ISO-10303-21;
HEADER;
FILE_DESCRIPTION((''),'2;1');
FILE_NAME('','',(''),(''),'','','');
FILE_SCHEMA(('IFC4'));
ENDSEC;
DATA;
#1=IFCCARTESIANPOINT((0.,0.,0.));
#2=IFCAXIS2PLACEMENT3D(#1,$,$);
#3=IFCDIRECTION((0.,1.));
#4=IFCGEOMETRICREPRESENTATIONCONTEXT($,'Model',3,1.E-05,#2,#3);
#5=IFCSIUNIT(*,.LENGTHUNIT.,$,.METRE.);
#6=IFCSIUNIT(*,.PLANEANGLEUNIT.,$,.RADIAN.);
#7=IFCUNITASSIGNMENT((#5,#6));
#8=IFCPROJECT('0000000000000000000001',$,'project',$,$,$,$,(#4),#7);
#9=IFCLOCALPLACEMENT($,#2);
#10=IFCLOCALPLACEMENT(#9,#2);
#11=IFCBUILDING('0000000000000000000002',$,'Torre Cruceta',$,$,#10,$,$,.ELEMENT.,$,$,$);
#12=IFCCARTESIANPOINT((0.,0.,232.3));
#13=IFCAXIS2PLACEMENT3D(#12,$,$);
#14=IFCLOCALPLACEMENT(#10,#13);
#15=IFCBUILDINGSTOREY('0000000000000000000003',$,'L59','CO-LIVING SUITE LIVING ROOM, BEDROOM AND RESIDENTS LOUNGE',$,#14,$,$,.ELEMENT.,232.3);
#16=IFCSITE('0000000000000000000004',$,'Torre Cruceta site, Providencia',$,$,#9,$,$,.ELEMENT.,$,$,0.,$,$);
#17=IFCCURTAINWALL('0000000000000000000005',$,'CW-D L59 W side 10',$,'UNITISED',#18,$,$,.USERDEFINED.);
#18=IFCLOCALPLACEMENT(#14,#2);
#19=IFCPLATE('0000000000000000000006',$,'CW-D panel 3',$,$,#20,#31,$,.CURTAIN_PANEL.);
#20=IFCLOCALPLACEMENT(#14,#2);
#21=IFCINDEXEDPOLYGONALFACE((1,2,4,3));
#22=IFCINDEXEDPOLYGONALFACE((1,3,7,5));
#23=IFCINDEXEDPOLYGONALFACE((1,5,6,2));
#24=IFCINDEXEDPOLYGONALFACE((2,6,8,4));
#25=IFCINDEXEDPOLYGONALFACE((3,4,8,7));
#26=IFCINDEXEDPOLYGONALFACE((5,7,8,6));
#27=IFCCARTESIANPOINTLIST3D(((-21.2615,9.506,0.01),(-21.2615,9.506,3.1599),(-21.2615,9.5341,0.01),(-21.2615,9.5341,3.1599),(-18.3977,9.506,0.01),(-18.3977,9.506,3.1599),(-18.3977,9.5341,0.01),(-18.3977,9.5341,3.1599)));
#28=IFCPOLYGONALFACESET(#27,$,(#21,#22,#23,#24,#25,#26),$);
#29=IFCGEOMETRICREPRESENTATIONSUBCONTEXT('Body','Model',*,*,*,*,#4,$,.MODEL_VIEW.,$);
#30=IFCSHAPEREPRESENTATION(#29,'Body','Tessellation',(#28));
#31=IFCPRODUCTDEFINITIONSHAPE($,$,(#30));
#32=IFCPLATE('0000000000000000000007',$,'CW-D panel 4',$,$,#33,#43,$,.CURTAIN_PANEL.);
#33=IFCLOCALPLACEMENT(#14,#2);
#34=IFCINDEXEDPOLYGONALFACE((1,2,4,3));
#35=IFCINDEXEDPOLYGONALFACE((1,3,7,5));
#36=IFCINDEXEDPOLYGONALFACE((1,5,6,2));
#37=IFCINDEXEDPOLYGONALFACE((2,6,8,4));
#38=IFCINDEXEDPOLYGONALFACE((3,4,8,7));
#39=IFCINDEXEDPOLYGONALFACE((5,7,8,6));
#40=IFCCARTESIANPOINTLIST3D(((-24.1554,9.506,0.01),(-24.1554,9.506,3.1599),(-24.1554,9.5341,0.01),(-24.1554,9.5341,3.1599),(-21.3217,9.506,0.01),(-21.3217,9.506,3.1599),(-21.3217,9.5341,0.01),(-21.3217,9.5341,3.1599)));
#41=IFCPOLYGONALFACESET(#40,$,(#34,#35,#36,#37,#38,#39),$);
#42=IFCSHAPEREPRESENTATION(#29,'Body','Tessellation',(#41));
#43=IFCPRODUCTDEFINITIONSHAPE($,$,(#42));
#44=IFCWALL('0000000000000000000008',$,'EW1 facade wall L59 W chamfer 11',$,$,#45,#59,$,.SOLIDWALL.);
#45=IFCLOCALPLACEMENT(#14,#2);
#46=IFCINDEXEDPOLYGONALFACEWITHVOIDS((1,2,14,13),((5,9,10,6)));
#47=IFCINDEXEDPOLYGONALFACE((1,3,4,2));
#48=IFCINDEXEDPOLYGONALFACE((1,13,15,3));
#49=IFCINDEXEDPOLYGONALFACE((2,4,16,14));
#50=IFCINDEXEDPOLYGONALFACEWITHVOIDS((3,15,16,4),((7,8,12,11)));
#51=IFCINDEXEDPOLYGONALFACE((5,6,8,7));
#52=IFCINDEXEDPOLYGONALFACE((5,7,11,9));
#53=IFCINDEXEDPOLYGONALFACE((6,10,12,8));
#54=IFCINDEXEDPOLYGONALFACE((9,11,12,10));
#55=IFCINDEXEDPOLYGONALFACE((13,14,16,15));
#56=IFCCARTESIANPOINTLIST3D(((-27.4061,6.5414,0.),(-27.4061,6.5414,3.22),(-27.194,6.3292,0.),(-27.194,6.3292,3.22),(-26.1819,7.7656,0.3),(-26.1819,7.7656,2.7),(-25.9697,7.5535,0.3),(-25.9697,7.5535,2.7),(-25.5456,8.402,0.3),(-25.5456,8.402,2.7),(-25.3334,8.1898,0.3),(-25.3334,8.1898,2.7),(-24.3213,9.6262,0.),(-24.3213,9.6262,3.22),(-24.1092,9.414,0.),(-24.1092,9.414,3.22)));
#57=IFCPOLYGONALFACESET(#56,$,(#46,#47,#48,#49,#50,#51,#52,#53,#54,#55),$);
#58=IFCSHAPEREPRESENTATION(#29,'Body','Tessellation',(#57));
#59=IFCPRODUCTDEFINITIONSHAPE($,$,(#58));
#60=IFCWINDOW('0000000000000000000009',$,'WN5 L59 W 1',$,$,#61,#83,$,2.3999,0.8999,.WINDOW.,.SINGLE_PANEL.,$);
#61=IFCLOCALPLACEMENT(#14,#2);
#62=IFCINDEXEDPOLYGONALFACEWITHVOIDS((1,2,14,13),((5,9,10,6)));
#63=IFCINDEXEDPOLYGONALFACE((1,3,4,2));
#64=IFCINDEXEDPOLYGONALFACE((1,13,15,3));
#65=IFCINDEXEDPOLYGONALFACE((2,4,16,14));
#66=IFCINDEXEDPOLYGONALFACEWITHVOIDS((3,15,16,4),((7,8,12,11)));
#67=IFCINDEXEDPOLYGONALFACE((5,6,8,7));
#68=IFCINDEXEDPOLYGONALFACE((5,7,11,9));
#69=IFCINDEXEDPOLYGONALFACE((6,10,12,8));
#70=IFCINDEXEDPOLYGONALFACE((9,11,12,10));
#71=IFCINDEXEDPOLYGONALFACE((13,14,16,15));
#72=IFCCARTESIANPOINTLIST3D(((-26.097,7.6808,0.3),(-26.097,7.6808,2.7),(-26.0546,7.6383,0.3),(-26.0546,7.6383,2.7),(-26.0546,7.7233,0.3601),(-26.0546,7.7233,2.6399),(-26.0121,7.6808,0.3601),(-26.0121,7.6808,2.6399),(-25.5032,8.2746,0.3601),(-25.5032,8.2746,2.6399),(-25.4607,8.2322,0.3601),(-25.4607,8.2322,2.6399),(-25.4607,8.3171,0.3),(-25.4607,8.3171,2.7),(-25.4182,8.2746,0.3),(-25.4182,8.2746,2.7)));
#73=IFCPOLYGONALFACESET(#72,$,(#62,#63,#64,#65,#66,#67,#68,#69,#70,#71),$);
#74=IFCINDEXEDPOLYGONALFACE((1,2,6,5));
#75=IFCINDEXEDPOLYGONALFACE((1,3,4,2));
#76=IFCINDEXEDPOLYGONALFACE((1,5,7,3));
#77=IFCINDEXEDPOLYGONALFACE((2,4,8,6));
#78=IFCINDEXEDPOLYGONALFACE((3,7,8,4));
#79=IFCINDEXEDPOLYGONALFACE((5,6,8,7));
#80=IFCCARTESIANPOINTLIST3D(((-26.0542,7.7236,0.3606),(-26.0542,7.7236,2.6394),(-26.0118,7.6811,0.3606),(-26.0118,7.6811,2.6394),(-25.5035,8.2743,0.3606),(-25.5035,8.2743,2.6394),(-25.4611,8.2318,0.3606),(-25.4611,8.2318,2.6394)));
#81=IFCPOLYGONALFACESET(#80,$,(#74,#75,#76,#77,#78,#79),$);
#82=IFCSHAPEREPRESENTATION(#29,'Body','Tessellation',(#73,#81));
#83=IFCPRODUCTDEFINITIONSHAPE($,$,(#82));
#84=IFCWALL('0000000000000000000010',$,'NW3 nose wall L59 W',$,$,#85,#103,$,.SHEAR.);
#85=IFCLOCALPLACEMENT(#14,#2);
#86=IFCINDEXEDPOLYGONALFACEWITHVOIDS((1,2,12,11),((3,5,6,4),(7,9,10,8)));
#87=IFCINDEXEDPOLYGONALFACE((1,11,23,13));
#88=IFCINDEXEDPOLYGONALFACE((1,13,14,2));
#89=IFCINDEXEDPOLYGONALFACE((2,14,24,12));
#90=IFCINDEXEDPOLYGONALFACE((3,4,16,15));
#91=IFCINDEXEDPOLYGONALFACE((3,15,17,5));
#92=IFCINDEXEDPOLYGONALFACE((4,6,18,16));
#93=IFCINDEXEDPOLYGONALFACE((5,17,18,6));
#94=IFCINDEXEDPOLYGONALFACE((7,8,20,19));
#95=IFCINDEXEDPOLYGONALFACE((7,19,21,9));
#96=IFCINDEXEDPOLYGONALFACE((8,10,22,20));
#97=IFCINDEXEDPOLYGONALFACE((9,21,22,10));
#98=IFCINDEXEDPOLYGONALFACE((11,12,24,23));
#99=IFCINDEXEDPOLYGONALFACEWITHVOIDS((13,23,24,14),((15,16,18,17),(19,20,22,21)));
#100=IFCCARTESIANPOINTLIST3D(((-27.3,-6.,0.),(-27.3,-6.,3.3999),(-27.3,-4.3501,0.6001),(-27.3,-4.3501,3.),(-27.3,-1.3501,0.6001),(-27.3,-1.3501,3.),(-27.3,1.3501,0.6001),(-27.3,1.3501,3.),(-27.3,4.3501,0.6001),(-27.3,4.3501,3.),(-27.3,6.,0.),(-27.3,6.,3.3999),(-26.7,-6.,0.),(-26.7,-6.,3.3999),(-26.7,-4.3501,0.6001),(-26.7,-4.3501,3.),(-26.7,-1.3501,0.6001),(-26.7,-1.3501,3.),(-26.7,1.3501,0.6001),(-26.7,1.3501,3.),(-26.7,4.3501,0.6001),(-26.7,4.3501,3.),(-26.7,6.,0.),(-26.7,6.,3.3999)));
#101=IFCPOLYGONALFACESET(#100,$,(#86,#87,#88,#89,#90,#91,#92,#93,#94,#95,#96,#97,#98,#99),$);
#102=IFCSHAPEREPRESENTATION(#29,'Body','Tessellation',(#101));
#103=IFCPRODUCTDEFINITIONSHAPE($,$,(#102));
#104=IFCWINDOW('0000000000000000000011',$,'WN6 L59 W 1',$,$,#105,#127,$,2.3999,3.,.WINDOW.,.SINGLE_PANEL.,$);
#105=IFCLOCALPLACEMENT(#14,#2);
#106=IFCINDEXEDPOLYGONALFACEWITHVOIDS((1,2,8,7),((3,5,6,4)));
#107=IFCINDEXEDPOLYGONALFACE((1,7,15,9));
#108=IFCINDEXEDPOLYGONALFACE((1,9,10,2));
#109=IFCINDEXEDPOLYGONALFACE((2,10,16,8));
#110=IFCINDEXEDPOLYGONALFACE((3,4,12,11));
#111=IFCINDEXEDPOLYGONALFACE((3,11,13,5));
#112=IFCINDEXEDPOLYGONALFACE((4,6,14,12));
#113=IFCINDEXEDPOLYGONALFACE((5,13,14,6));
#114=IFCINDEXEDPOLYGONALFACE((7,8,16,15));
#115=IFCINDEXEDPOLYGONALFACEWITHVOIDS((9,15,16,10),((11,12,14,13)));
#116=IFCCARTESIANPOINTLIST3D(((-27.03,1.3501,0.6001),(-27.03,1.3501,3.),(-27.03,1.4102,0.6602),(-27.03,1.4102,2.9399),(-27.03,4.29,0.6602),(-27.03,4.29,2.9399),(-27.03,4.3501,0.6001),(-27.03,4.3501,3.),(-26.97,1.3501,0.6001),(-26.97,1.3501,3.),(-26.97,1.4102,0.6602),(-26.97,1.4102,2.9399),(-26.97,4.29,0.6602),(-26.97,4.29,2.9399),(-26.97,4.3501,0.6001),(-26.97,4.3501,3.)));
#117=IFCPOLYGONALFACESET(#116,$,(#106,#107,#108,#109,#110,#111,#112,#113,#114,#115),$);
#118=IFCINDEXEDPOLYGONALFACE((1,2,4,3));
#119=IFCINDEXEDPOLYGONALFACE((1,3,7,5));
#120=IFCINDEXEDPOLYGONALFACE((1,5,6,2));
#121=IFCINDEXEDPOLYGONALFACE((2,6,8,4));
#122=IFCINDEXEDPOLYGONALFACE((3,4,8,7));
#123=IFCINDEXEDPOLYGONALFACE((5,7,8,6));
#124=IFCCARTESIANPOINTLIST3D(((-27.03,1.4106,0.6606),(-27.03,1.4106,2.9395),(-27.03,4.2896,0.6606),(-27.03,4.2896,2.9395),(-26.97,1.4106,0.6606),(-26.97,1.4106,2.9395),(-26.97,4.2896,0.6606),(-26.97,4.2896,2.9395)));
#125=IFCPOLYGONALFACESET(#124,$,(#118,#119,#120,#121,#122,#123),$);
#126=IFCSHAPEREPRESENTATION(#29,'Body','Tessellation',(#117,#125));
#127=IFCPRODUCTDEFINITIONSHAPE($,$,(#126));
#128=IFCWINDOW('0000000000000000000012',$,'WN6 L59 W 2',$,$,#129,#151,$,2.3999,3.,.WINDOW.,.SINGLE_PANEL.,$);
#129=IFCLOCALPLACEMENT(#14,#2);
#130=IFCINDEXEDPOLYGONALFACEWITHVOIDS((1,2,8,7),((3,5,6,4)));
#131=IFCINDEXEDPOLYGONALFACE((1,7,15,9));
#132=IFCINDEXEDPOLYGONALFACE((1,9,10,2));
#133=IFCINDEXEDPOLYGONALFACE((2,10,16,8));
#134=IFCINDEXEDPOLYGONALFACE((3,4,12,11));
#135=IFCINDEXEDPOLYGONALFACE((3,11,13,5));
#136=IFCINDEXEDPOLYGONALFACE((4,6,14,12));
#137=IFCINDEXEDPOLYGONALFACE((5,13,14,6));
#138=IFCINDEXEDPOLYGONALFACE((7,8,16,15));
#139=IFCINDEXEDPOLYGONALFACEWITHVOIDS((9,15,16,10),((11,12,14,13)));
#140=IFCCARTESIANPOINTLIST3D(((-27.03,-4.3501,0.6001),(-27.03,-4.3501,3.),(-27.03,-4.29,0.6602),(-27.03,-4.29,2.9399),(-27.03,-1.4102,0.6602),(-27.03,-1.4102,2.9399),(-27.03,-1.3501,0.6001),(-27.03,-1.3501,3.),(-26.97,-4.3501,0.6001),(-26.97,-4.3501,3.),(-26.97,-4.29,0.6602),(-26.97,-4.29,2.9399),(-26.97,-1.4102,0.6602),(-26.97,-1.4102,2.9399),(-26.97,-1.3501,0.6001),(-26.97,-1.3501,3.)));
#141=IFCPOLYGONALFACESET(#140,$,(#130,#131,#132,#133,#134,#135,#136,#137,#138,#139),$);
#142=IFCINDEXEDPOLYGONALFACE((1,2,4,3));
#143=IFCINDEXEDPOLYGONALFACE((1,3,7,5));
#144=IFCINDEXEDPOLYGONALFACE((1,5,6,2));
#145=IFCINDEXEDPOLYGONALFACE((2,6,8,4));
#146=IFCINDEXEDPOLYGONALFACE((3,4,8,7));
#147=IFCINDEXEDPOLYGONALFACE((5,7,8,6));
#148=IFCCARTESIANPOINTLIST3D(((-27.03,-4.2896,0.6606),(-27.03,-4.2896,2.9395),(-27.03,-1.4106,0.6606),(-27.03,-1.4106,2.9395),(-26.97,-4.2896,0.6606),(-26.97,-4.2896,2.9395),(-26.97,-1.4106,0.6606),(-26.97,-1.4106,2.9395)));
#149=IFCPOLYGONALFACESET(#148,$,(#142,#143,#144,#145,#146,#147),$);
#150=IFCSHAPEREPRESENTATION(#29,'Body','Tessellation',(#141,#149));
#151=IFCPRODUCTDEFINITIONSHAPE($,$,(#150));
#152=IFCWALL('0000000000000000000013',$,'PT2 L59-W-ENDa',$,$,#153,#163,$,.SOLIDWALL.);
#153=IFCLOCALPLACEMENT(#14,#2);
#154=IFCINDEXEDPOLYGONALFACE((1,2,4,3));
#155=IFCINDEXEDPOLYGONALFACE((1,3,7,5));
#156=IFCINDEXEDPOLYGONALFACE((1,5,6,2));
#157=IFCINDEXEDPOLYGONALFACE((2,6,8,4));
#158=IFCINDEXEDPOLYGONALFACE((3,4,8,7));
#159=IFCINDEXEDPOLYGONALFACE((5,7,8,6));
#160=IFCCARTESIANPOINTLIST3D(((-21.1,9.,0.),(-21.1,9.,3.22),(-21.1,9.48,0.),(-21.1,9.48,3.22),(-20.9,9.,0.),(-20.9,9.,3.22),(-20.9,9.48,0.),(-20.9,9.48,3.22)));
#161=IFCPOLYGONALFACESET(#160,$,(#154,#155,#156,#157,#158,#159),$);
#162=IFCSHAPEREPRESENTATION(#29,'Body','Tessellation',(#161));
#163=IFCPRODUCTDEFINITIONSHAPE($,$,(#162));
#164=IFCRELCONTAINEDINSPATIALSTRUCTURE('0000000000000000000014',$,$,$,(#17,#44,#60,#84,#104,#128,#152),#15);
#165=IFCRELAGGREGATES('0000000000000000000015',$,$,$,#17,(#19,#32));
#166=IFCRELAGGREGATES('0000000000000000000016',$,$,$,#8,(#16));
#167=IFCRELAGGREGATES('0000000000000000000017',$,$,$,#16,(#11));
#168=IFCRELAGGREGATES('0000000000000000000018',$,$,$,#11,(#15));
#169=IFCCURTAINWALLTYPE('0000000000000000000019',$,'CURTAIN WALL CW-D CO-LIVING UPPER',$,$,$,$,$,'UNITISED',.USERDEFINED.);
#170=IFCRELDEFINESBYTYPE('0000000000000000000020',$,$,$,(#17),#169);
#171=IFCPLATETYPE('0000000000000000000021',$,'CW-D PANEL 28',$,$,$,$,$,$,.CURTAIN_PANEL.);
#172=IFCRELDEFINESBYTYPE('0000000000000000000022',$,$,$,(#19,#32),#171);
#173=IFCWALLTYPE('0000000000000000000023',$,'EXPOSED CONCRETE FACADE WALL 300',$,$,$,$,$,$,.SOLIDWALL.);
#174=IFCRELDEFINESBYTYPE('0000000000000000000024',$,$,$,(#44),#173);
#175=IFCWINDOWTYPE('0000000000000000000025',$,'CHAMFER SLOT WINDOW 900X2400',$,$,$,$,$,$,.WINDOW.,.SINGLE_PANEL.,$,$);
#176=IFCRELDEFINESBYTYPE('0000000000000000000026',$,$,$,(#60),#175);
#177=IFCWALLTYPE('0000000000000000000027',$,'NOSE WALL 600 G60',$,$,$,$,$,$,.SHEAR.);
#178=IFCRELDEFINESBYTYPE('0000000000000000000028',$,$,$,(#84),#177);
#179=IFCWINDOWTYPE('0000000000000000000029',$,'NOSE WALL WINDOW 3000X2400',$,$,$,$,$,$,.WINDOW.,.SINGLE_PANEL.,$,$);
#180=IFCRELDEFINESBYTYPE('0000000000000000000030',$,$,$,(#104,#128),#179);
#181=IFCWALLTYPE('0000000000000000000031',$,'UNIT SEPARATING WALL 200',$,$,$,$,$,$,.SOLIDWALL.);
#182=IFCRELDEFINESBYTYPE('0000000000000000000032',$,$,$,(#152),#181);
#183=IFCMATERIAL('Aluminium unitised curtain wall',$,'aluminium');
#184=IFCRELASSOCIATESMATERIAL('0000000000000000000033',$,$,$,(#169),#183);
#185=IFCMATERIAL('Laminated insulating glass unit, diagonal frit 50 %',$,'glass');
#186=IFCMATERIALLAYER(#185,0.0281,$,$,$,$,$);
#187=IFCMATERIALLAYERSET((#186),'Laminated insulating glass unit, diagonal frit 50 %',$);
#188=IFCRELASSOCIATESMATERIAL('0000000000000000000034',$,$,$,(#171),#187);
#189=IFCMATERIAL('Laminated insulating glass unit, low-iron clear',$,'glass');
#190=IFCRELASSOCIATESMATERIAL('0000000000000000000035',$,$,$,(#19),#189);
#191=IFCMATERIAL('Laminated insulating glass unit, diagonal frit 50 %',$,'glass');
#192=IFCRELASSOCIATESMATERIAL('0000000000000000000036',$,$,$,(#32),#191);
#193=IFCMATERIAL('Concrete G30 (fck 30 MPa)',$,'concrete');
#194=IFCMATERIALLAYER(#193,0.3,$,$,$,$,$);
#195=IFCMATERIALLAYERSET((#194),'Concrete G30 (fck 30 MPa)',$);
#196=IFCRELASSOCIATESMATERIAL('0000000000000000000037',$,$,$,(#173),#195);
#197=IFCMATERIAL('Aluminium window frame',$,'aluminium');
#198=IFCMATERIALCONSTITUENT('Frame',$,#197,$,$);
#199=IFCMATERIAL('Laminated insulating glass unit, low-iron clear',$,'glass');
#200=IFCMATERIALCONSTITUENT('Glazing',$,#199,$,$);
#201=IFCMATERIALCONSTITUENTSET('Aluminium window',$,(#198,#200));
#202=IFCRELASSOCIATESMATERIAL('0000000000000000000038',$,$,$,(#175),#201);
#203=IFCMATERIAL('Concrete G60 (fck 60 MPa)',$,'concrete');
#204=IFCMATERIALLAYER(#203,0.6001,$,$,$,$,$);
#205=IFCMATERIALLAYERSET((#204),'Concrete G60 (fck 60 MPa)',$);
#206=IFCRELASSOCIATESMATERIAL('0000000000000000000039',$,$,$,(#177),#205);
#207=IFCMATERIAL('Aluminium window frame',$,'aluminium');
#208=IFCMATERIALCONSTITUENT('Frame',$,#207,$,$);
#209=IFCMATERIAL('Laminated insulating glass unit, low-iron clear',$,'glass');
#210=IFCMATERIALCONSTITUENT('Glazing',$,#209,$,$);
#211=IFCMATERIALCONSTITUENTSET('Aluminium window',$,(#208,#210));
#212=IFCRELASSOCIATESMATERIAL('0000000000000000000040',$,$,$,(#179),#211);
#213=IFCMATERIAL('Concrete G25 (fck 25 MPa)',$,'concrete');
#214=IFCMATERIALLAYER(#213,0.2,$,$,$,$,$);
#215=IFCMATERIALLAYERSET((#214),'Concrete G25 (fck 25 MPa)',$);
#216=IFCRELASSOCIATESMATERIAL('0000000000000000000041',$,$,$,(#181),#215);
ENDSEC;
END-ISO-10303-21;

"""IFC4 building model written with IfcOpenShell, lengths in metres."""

from ifc_helpers import new_model, si_unit, direction, frame, frame_2d, origin, origin_2d, place, context, subcontext, project, spatial, rectangle, hollow_rectangle, extrude, material, layer, layer_set, constituent, constituent_set, type_object, element, fill, aggregate, save


model = new_model("IFC4")

# Units and contexts
model_context = context("Model", 3, precision=1e-05, world=origin(), true_north=direction((0.0, 1.0)))
body_context = subcontext(model_context, "Body", "Model", "MODEL_VIEW")
ifc_project = project(units=[si_unit("LENGTHUNIT", "METRE"), si_unit("PLANEANGLEUNIT", "RADIAN")], contexts=[model_context])

# Site, building, storey
site_placement = place(None, origin())
site = spatial("IfcSite", under=ifc_project, at=site_placement, Name="Torre Cruceta site, Providencia", CompositionType="ELEMENT", RefElevation=0.0)
building_placement = place(site_placement, origin())
building = spatial("IfcBuilding", under=site, at=building_placement, Name="Torre Cruceta", CompositionType="ELEMENT")
storey_placement = place(building_placement, frame((0.0, 0.0, 232.3)))
storey = spatial("IfcBuildingStorey", under=building, at=storey_placement, Name="L59", Description="CO-LIVING SUITE LIVING ROOM, BEDROOM AND RESIDENTS LOUNGE", CompositionType="ELEMENT", Elevation=232.3)

# Curtain wall
ifc_material_1 = material(Name="Aluminium unitised curtain wall", Category="aluminium")
curtain_wall_type = type_object("IfcCurtainWallType", Name="CURTAIN WALL CW-D CO-LIVING UPPER", ElementType="UNITISED", PredefinedType="USERDEFINED", material=ifc_material_1)
curtain_wall_placement = place(storey_placement, origin())
curtain_wall = element("IfcCurtainWall", 1, at=curtain_wall_placement, inside=storey, type_object=curtain_wall_type, Name="CW-D L59 W side 10", ObjectType="UNITISED", PredefinedType="USERDEFINED")

# Plates
ifc_material_2 = material(Name="Laminated insulating glass unit, low-iron clear", Category="glass")
ifc_material_3 = material(Name="Laminated insulating glass unit, diagonal frit 50 %", Category="glass")
ifc_layer_1 = layer(ifc_material_3, 0.0281)
ifc_layer_set_1 = layer_set([ifc_layer_1], Name="Laminated insulating glass unit, diagonal frit 50 %")
plate_type = type_object("IfcPlateType", Name="CW-D PANEL 28", PredefinedType="CURTAIN_PANEL", material=ifc_layer_set_1)
plate_1_placement = place(storey_placement, frame((-19.8296, 9.52, 0.01), z_axis=(0.0, 0.0, 1.0), x_axis=(-1.0, 0.0, 0.0)))
plate_1 = element("IfcPlate", 2, at=plate_1_placement, type_object=plate_type, material=ifc_material_2, Name="CW-D panel 3", PredefinedType="CURTAIN_PANEL", context=body_context, shape_type="SweptSolid", body=[
    extrude(rectangle(XDim=2.8638, YDim=0.0281, at=origin_2d()), origin(), (0.0, 0.0, 1.0), 3.1499),
])
ifc_material_4 = material(Name="Laminated insulating glass unit, diagonal frit 50 %", Category="glass")
plate_2_placement = place(storey_placement, frame((-22.7385, 9.52, 0.01), z_axis=(0.0, 0.0, 1.0), x_axis=(-1.0, 0.0, 0.0)))
plate_2 = element("IfcPlate", 3, at=plate_2_placement, type_object=plate_type, material=ifc_material_4, Name="CW-D panel 4", PredefinedType="CURTAIN_PANEL", context=body_context, shape_type="SweptSolid", body=[
    extrude(rectangle(XDim=2.8337, YDim=0.0281, at=origin_2d()), origin(), (0.0, 0.0, 1.0), 3.1499),
])
aggregate(curtain_wall, [plate_1, plate_2])

# Wall, opening, window
ifc_material_5 = material(Name="Concrete G30 (fck 30 MPa)", Category="concrete")
ifc_layer_2 = layer(ifc_material_5, 0.3)
ifc_layer_set_2 = layer_set([ifc_layer_2], Name="Concrete G30 (fck 30 MPa)")
wall_type_1 = type_object("IfcWallType", Name="EXPOSED CONCRETE FACADE WALL 300", PredefinedType="SOLIDWALL", material=ifc_layer_set_2)
wall_1_placement = place(storey_placement, frame((-24.2153, 9.52, 0.0), z_axis=(0.0, 0.0, 1.0), x_axis=(-0.707107, -0.707107, 0.0)))
wall_1 = element("IfcWall", 4, at=wall_1_placement, inside=storey, type_object=wall_type_1, Name="EW1 facade wall L59 W chamfer 11", PredefinedType="SOLIDWALL", context=body_context, shape_type="SweptSolid", body=[
    extrude(rectangle(XDim=4.3625, YDim=0.3, at=frame_2d((2.1812, 0.0))), origin(), (0.0, 0.0, 1.0), 3.22),
])
opening_1_placement = place(wall_1_placement, frame((1.7312, 0.0, 0.3)))
opening_1 = element("IfcOpeningElement", 5, at=opening_1_placement, cuts=wall_1, PredefinedType="OPENING", context=body_context, shape_type="SweptSolid", body=[
    extrude(rectangle(XDim=0.8999, YDim=2.3999, at=frame_2d((0.45, 1.2))), frame((0.0, 0.1599, 0.0), z_axis=(0.0, -1.0, 0.0), x_axis=(1.0, 0.0, 0.0)), (0.0, 0.0, 1.0), 0.3201),
])
ifc_material_6 = material(Name="Aluminium window frame", Category="aluminium")
ifc_constituent_1 = constituent(ifc_material_6, Name="Frame")
ifc_material_7 = material(Name="Laminated insulating glass unit, low-iron clear", Category="glass")
ifc_constituent_2 = constituent(ifc_material_7, Name="Glazing")
ifc_constituent_set_1 = constituent_set(constituents=[ifc_constituent_1, ifc_constituent_2], Name="Aluminium window")
window_type_1 = type_object("IfcWindowType", Name="CHAMFER SLOT WINDOW 900X2400", PartitioningType="SINGLE_PANEL", PredefinedType="WINDOW", material=ifc_constituent_set_1)
window_1_placement = place(opening_1_placement, origin())
window_1 = element("IfcWindow", 6, at=window_1_placement, inside=storey, type_object=window_type_1, Name="WN5 L59 W 1", OverallHeight=2.3999, OverallWidth=0.8999, PartitioningType="SINGLE_PANEL", PredefinedType="WINDOW", context=body_context, shape_type="SweptSolid", body=[
    extrude(hollow_rectangle(XDim=0.8999, YDim=2.3999, WallThickness=0.0601, at=frame_2d((0.45, 1.2))), frame((0.0, 0.03, 0.0), z_axis=(0.0, -1.0, 0.0), x_axis=(1.0, 0.0, 0.0)), (0.0, 0.0, 1.0), 0.0601),
    extrude(rectangle(XDim=0.7788, YDim=2.2788, at=frame_2d((0.45, 1.2))), frame((0.0, 0.03, 0.0), z_axis=(0.0, -1.0, 0.0), x_axis=(1.0, 0.0, 0.0)), (0.0, 0.0, 1.0), 0.0601),
])
fill(opening_1, window_1)

# Wall, openings, windows
ifc_material_8 = material(Name="Concrete G60 (fck 60 MPa)", Category="concrete")
ifc_layer_3 = layer(ifc_material_8, 0.6001)
ifc_layer_set_3 = layer_set([ifc_layer_3], Name="Concrete G60 (fck 60 MPa)")
wall_type_2 = type_object("IfcWallType", Name="NOSE WALL 600 G60", PredefinedType="SHEAR", material=ifc_layer_set_3)
wall_2_placement = place(storey_placement, frame((-27.0, 6.0, 0.0), z_axis=(0.0, 0.0, 1.0), x_axis=(0.0, -1.0, 0.0)))
wall_2 = element("IfcWall", 7, at=wall_2_placement, inside=storey, type_object=wall_type_2, Name="NW3 nose wall L59 W", PredefinedType="SHEAR", context=body_context, shape_type="SweptSolid", body=[
    extrude(rectangle(XDim=12.0, YDim=0.6001, at=frame_2d((6.0, 0.0))), origin(), (0.0, 0.0, 1.0), 3.3999),
])
opening_2_placement = place(wall_2_placement, frame((1.6499, 0.0, 0.6001)))
opening_2 = element("IfcOpeningElement", 8, at=opening_2_placement, cuts=wall_2, PredefinedType="OPENING", context=body_context, shape_type="SweptSolid", body=[
    extrude(rectangle(XDim=3.0, YDim=2.3999, at=frame_2d((1.5, 1.2))), frame((0.0, 0.3101, 0.0), z_axis=(0.0, -1.0, 0.0), x_axis=(1.0, 0.0, 0.0)), (0.0, 0.0, 1.0), 0.6201),
])
opening_3_placement = place(wall_2_placement, frame((7.3501, 0.0, 0.6001)))
opening_3 = element("IfcOpeningElement", 9, at=opening_3_placement, cuts=wall_2, PredefinedType="OPENING", context=body_context, shape_type="SweptSolid", body=[
    extrude(rectangle(XDim=3.0, YDim=2.3999, at=frame_2d((1.5, 1.2))), frame((0.0, 0.3101, 0.0), z_axis=(0.0, -1.0, 0.0), x_axis=(1.0, 0.0, 0.0)), (0.0, 0.0, 1.0), 0.6201),
])
ifc_material_9 = material(Name="Aluminium window frame", Category="aluminium")
ifc_constituent_3 = constituent(ifc_material_9, Name="Frame")
ifc_material_10 = material(Name="Laminated insulating glass unit, low-iron clear", Category="glass")
ifc_constituent_4 = constituent(ifc_material_10, Name="Glazing")
ifc_constituent_set_2 = constituent_set(constituents=[ifc_constituent_3, ifc_constituent_4], Name="Aluminium window")
window_type_2 = type_object("IfcWindowType", Name="NOSE WALL WINDOW 3000X2400", PartitioningType="SINGLE_PANEL", PredefinedType="WINDOW", material=ifc_constituent_set_2)
window_2_placement = place(opening_2_placement, origin())
window_2 = element("IfcWindow", 10, at=window_2_placement, inside=storey, type_object=window_type_2, Name="WN6 L59 W 1", OverallHeight=2.3999, OverallWidth=3.0, PartitioningType="SINGLE_PANEL", PredefinedType="WINDOW", context=body_context, shape_type="SweptSolid", body=[
    extrude(hollow_rectangle(XDim=3.0, YDim=2.3999, WallThickness=0.0601, at=frame_2d((1.5, 1.2))), frame((0.0, 0.03, 0.0), z_axis=(0.0, -1.0, 0.0), x_axis=(1.0, 0.0, 0.0)), (0.0, 0.0, 1.0), 0.0601),
    extrude(rectangle(XDim=2.8789, YDim=2.2788, at=frame_2d((1.5, 1.2))), frame((0.0, 0.03, 0.0), z_axis=(0.0, -1.0, 0.0), x_axis=(1.0, 0.0, 0.0)), (0.0, 0.0, 1.0), 0.0601),
])
fill(opening_2, window_2)
window_3_placement = place(opening_3_placement, origin())
window_3 = element("IfcWindow", 11, at=window_3_placement, inside=storey, type_object=window_type_2, Name="WN6 L59 W 2", OverallHeight=2.3999, OverallWidth=3.0, PartitioningType="SINGLE_PANEL", PredefinedType="WINDOW", context=body_context, shape_type="SweptSolid", body=[
    extrude(hollow_rectangle(XDim=3.0, YDim=2.3999, WallThickness=0.0601, at=frame_2d((1.5, 1.2))), frame((0.0, 0.03, 0.0), z_axis=(0.0, -1.0, 0.0), x_axis=(1.0, 0.0, 0.0)), (0.0, 0.0, 1.0), 0.0601),
    extrude(rectangle(XDim=2.8789, YDim=2.2788, at=frame_2d((1.5, 1.2))), frame((0.0, 0.03, 0.0), z_axis=(0.0, -1.0, 0.0), x_axis=(1.0, 0.0, 0.0)), (0.0, 0.0, 1.0), 0.0601),
])
fill(opening_3, window_3)

# Wall
ifc_material_11 = material(Name="Concrete G25 (fck 25 MPa)", Category="concrete")
ifc_layer_4 = layer(ifc_material_11, 0.2)
ifc_layer_set_4 = layer_set([ifc_layer_4], Name="Concrete G25 (fck 25 MPa)")
wall_type_3 = type_object("IfcWallType", Name="UNIT SEPARATING WALL 200", PredefinedType="SOLIDWALL", material=ifc_layer_set_4)
wall_3_placement = place(storey_placement, frame((-21.0, 9.48, 0.0), z_axis=(0.0, 0.0, 1.0), x_axis=(0.0, -1.0, 0.0)))
element("IfcWall", 12, at=wall_3_placement, inside=storey, type_object=wall_type_3, Name="PT2 L59-W-ENDa", PredefinedType="SOLIDWALL", context=body_context, shape_type="SweptSolid", body=[
    extrude(rectangle(XDim=0.48, YDim=0.2, at=frame_2d((0.24, 0.0))), origin(), (0.0, 0.0, 1.0), 3.22),
])

save(model, "model.ifc")
